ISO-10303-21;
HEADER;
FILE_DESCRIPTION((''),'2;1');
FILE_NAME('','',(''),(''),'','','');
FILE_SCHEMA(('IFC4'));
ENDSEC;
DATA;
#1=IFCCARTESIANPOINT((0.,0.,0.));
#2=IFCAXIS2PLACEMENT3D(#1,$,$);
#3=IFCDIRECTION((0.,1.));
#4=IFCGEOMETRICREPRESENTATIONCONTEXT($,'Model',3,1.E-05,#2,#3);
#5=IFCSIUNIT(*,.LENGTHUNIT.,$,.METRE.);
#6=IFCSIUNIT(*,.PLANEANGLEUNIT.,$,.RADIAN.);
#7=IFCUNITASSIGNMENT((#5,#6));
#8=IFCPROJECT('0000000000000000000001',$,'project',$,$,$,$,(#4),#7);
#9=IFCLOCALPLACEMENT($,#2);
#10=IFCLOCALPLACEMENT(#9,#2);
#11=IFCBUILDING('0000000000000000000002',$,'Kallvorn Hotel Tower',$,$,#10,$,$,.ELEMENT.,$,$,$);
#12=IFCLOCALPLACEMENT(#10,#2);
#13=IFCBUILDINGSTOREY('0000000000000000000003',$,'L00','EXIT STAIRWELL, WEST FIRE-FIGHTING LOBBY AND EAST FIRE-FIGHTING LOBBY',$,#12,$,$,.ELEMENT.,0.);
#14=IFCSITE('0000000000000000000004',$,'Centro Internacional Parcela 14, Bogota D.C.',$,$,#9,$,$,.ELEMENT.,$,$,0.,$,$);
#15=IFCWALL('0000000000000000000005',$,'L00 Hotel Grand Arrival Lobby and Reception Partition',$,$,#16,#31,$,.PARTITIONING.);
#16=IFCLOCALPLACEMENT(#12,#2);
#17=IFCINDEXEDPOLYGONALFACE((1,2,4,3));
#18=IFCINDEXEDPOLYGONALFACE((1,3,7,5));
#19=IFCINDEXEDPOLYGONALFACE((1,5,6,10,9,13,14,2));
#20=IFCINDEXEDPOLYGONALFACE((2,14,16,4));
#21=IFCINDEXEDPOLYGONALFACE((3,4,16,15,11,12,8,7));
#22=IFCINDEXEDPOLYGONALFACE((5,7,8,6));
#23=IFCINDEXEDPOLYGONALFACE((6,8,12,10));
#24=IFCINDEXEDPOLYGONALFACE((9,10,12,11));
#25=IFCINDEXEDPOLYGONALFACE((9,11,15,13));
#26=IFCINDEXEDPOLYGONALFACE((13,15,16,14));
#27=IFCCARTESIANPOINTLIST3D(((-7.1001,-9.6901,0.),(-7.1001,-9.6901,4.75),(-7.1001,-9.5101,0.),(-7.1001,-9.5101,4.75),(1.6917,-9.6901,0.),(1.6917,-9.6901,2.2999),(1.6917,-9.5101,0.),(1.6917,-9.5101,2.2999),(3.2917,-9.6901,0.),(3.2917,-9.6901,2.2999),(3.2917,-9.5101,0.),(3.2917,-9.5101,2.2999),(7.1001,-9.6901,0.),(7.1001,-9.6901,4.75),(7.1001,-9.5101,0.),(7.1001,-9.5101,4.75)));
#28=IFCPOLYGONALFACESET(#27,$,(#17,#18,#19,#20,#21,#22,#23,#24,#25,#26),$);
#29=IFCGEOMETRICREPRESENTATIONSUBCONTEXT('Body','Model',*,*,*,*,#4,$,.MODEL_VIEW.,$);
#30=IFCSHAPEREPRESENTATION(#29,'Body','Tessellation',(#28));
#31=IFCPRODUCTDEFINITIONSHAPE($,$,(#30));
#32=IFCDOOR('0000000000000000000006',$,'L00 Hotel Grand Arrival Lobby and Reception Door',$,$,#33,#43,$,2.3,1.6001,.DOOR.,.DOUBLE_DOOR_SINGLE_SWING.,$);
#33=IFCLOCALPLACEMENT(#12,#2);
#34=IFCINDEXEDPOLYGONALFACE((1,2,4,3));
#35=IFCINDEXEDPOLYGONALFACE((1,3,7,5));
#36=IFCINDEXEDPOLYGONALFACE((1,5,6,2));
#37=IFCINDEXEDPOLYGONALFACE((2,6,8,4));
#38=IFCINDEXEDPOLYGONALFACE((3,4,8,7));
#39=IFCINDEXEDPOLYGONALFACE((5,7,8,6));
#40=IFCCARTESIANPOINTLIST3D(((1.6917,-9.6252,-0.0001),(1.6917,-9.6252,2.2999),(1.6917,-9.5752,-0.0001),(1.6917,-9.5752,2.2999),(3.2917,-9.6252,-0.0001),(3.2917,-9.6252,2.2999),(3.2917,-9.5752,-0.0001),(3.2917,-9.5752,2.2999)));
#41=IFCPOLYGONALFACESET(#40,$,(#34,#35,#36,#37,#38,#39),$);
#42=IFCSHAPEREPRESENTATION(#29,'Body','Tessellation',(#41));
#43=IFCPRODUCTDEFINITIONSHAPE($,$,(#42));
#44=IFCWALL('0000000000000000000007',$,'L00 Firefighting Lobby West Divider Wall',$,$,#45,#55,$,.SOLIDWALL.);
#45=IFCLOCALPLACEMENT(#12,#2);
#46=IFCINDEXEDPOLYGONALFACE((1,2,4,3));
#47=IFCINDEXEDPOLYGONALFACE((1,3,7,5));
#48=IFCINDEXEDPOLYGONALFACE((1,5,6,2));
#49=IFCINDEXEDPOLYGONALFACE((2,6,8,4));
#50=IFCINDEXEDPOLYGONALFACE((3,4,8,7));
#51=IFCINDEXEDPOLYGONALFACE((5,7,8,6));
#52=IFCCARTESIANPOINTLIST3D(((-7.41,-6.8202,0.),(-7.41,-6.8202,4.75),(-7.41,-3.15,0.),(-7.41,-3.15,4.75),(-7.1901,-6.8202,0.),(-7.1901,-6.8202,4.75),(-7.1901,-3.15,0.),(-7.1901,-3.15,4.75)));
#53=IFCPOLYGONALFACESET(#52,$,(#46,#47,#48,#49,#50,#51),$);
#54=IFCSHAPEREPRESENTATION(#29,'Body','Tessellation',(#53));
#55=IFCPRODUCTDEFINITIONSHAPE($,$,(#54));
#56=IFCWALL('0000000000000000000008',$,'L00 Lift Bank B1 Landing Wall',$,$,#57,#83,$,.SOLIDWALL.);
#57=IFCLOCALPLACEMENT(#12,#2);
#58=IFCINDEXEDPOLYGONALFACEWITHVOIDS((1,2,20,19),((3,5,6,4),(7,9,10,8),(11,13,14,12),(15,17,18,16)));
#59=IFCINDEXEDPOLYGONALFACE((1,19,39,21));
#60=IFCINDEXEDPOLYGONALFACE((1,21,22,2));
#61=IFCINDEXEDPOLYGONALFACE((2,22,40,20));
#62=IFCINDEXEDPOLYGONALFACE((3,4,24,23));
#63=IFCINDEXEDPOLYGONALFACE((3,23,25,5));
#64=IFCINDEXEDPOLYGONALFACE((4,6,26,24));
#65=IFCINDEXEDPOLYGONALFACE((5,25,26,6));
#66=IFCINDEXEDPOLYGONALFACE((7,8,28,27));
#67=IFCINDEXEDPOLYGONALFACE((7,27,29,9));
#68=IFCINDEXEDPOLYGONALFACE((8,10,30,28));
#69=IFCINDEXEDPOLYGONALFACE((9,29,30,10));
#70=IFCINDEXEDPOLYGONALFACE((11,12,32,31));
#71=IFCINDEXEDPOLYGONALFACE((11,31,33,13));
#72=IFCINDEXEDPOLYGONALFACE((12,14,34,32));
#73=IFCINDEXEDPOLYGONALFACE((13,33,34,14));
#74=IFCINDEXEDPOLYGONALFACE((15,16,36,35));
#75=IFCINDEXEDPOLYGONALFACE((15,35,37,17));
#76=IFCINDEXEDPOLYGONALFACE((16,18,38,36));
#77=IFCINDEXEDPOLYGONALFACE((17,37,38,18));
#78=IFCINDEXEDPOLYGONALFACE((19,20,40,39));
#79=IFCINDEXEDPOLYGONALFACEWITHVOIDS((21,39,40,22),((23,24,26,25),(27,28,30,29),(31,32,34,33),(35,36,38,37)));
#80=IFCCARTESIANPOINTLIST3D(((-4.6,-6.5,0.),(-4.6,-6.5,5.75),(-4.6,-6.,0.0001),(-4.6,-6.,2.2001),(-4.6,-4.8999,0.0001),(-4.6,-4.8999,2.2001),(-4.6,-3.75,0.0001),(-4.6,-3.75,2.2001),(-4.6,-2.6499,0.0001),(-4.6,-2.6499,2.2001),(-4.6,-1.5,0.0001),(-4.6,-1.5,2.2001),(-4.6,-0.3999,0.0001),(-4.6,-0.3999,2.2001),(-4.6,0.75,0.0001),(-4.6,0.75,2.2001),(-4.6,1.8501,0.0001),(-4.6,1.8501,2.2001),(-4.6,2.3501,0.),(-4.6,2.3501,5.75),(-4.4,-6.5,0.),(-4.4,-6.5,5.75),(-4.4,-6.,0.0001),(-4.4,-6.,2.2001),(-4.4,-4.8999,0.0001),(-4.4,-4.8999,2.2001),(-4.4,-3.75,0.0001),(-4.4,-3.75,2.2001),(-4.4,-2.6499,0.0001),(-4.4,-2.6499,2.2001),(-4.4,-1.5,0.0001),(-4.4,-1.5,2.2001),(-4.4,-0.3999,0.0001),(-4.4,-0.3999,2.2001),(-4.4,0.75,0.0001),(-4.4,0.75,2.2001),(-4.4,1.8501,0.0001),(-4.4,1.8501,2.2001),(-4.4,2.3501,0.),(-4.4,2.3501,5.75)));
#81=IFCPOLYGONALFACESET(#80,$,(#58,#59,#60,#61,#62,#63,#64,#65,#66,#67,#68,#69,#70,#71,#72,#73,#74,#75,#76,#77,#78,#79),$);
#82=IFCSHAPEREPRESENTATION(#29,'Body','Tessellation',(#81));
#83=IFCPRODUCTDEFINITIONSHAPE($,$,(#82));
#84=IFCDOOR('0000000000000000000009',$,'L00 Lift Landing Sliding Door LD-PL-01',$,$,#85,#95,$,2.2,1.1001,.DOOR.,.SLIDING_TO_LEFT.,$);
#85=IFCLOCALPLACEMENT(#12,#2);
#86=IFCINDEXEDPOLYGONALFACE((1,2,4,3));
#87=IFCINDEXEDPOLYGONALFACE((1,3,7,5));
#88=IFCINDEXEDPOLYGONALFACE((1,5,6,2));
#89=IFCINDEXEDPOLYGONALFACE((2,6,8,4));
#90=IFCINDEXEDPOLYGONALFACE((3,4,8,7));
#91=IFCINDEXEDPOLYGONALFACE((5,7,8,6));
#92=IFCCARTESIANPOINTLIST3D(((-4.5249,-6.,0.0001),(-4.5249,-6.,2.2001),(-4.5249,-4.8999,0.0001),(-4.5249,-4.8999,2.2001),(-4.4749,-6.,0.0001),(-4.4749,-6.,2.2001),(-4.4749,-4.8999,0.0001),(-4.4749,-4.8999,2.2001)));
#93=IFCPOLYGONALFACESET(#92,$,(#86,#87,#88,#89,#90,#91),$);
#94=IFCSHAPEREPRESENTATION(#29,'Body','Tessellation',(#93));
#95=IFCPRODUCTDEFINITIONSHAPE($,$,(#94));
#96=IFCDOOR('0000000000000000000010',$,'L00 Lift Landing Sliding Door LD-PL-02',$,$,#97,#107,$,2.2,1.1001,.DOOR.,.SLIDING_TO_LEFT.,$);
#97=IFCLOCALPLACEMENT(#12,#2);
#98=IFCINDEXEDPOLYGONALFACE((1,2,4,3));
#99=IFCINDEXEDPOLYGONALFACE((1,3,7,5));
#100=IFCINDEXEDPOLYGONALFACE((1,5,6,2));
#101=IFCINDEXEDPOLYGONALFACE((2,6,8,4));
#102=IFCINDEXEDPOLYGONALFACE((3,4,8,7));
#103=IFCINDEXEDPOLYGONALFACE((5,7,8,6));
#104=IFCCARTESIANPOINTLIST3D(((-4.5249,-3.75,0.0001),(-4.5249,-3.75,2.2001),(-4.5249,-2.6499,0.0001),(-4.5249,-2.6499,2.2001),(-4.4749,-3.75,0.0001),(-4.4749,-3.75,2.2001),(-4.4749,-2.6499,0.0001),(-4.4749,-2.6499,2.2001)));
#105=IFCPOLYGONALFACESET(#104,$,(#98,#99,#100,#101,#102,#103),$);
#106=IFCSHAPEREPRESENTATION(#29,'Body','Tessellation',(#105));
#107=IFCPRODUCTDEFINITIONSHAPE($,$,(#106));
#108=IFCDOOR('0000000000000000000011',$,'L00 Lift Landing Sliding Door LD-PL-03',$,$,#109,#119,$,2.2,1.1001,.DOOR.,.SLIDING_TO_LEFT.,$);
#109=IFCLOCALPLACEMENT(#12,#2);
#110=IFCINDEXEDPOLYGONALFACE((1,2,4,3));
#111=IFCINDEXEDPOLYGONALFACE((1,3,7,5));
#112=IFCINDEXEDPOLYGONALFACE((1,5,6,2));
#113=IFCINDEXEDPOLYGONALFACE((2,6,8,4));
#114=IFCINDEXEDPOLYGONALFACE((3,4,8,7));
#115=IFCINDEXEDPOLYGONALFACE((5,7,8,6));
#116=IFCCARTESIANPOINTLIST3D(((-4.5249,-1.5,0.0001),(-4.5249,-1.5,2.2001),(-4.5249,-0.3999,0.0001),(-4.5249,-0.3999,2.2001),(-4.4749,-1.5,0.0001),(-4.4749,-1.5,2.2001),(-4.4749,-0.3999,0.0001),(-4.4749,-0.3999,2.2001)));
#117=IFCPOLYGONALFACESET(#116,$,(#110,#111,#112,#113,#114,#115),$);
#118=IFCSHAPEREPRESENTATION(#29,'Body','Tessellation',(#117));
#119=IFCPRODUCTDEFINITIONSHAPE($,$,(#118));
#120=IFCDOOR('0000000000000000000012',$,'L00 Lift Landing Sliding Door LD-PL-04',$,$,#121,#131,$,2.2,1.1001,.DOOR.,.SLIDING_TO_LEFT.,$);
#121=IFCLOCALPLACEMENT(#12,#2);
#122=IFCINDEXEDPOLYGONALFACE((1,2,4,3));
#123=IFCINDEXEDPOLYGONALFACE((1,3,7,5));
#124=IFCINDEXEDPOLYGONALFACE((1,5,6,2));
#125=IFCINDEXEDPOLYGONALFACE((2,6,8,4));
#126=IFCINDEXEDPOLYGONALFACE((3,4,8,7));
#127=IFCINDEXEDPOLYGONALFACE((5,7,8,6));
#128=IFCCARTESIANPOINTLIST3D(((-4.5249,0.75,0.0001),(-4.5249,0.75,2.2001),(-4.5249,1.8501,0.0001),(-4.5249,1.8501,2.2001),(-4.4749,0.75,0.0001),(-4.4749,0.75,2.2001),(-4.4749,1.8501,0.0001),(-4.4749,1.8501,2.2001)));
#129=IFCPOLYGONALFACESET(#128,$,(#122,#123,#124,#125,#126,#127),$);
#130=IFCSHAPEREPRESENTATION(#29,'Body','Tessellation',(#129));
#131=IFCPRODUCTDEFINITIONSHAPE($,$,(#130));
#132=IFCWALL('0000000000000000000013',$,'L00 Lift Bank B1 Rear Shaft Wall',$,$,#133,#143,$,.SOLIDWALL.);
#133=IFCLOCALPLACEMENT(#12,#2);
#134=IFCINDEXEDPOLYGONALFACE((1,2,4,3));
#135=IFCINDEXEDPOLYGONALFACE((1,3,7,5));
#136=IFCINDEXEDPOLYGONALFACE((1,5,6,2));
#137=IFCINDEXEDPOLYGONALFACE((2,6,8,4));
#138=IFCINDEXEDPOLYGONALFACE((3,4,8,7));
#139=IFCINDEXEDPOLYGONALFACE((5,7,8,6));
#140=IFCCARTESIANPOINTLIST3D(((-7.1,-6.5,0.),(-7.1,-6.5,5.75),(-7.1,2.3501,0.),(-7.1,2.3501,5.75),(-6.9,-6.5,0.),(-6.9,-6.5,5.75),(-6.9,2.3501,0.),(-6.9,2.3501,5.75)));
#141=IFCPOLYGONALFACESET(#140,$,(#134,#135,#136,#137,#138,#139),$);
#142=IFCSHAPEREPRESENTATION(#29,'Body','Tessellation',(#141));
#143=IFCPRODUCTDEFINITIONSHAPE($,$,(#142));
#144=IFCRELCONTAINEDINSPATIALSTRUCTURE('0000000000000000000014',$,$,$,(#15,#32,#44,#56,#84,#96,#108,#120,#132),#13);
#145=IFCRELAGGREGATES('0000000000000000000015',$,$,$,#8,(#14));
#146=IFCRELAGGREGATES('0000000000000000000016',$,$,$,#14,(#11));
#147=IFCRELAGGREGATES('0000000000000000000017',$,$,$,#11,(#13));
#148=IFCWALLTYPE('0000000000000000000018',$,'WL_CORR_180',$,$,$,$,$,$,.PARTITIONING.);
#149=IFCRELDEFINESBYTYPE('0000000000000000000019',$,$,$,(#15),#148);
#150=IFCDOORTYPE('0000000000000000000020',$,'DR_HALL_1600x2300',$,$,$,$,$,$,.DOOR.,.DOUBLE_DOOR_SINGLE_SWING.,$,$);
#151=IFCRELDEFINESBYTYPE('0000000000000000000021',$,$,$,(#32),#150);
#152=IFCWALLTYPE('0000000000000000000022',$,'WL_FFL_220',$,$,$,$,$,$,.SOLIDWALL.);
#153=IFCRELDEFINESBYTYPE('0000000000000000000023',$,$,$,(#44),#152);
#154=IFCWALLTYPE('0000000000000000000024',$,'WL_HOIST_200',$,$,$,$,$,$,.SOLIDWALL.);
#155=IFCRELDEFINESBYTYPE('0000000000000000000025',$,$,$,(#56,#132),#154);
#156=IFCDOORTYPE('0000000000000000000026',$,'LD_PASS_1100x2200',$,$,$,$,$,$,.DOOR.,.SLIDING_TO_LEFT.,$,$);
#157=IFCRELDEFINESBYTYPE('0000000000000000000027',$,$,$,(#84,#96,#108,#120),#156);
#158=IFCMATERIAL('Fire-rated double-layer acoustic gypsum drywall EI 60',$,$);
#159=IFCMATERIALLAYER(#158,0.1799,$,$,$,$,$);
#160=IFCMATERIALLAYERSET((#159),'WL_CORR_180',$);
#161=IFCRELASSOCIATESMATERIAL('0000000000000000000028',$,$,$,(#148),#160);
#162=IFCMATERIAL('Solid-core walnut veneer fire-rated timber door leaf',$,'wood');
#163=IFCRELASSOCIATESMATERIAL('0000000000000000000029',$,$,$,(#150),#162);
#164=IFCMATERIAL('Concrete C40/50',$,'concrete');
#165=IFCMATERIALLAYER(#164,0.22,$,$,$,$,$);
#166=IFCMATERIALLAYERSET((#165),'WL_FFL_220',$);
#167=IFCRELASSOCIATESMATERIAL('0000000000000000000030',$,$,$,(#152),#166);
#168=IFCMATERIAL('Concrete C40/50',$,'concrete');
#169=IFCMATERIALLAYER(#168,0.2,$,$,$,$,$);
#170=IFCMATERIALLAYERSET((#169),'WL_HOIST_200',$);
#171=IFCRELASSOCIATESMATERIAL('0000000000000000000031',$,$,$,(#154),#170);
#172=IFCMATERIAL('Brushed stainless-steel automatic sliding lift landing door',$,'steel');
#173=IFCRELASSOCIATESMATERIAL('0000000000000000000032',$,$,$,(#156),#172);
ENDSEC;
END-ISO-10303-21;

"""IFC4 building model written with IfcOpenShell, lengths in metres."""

from ifc_helpers import new_model, si_unit, direction, frame, frame_2d, origin, place, context, subcontext, project, spatial, rectangle, extrude, material, layer, layer_set, type_object, element, fill, save


model = new_model("IFC4")

# Units and contexts
model_context = context("Model", 3, precision=1e-05, world=origin(), true_north=direction((0.0, 1.0)))
body_context = subcontext(model_context, "Body", "Model", "MODEL_VIEW")
ifc_project = project(units=[si_unit("LENGTHUNIT", "METRE"), si_unit("PLANEANGLEUNIT", "RADIAN")], contexts=[model_context])

# Site, building, storey
site_placement = place(None, origin())
site = spatial("IfcSite", under=ifc_project, at=site_placement, Name="Centro Internacional Parcela 14, Bogota D.C.", CompositionType="ELEMENT", RefElevation=0.0)
building_placement = place(site_placement, origin())
building = spatial("IfcBuilding", under=site, at=building_placement, Name="Kallvorn Hotel Tower", CompositionType="ELEMENT")
storey_placement = place(building_placement, origin())
storey = spatial("IfcBuildingStorey", under=building, at=storey_placement, Name="L00", Description="EXIT STAIRWELL, WEST FIRE-FIGHTING LOBBY AND EAST FIRE-FIGHTING LOBBY", CompositionType="ELEMENT", Elevation=0.0)

# Wall, opening, door
ifc_material_1 = material(Name="Fire-rated double-layer acoustic gypsum drywall EI 60")
ifc_layer_1 = layer(ifc_material_1, 0.1799)
ifc_layer_set_1 = layer_set([ifc_layer_1], Name="WL_CORR_180")
wall_type_1 = type_object("IfcWallType", Name="WL_CORR_180", PredefinedType="PARTITIONING", material=ifc_layer_set_1)
wall_1_placement = place(storey_placement, frame((-7.1001, -9.6001, 0.0), z_axis=(0.0, 0.0, 1.0), x_axis=(1.0, 0.0, 0.0)))
wall_1 = element("IfcWall", 1, at=wall_1_placement, inside=storey, type_object=wall_type_1, Name="L00 Hotel Grand Arrival Lobby and Reception Partition", PredefinedType="PARTITIONING", context=body_context, shape_type="SweptSolid", body=[
    extrude(rectangle(XDim=14.2002, YDim=0.1799, at=frame_2d((7.1001, 0.0))), origin(), (0.0, 0.0, 1.0), 4.75),
])
opening_1_placement = place(wall_1_placement, frame((8.7917, 0.0, 0.0)))
opening_1 = element("IfcOpeningElement", 2, at=opening_1_placement, cuts=wall_1, PredefinedType="OPENING", context=body_context, shape_type="SweptSolid", body=[
    extrude(rectangle(XDim=1.6001, YDim=2.3, at=frame_2d((0.8, 1.1499))), frame((0.0, 0.1047, 0.0), z_axis=(0.0, -1.0, 0.0), x_axis=(1.0, 0.0, 0.0)), (0.0, 0.0, 1.0), 0.21),
])
ifc_material_2 = material(Name="Solid-core walnut veneer fire-rated timber door leaf", Category="wood")
door_type_1 = type_object("IfcDoorType", Name="DR_HALL_1600x2300", OperationType="DOUBLE_DOOR_SINGLE_SWING", PredefinedType="DOOR", material=ifc_material_2)
door_1_placement = place(opening_1_placement, origin())
door_1 = element("IfcDoor", 3, at=door_1_placement, inside=storey, type_object=door_type_1, Name="L00 Hotel Grand Arrival Lobby and Reception Door", OperationType="DOUBLE_DOOR_SINGLE_SWING", OverallHeight=2.3, OverallWidth=1.6001, PredefinedType="DOOR", context=body_context, shape_type="SweptSolid", body=[
    extrude(rectangle(XDim=1.6001, YDim=2.3, at=frame_2d((0.8, 1.1499))), frame((0.0, 0.0249, 0.0), z_axis=(0.0, -1.0, 0.0), x_axis=(1.0, 0.0, 0.0)), (0.0, 0.0, 1.0), 0.05),
])
fill(opening_1, door_1)

# Wall
ifc_material_3 = material(Name="Concrete C40/50", Category="concrete")
ifc_layer_2 = layer(ifc_material_3, 0.22)
ifc_layer_set_2 = layer_set([ifc_layer_2], Name="WL_FFL_220")
wall_type_2 = type_object("IfcWallType", Name="WL_FFL_220", PredefinedType="SOLIDWALL", material=ifc_layer_set_2)
wall_2_placement = place(storey_placement, frame((-7.3, -6.8201, 0.0), z_axis=(0.0, 0.0, 1.0), x_axis=(0.0, 1.0, 0.0)))
element("IfcWall", 4, at=wall_2_placement, inside=storey, type_object=wall_type_2, Name="L00 Firefighting Lobby West Divider Wall", PredefinedType="SOLIDWALL", context=body_context, shape_type="SweptSolid", body=[
    extrude(rectangle(XDim=3.6702, YDim=0.22, at=frame_2d((1.835, 0.0))), origin(), (0.0, 0.0, 1.0), 4.75),
])

# Wall, openings, doors
ifc_material_4 = material(Name="Concrete C40/50", Category="concrete")
ifc_layer_3 = layer(ifc_material_4, 0.2)
ifc_layer_set_3 = layer_set([ifc_layer_3], Name="WL_HOIST_200")
wall_type_3 = type_object("IfcWallType", Name="WL_HOIST_200", PredefinedType="SOLIDWALL", material=ifc_layer_set_3)
wall_3_placement = place(storey_placement, frame((-4.5, -6.5, 0.0), z_axis=(0.0, 0.0, 1.0), x_axis=(0.0, 1.0, 0.0)))
wall_3 = element("IfcWall", 5, at=wall_3_placement, inside=storey, type_object=wall_type_3, Name="L00 Lift Bank B1 Landing Wall", PredefinedType="SOLIDWALL", context=body_context, shape_type="SweptSolid", body=[
    extrude(rectangle(XDim=8.8501, YDim=0.2, at=frame_2d((4.425, 0.0))), origin(), (0.0, 0.0, 1.0), 5.75),
])
opening_2_placement = place(wall_3_placement, frame((0.5, 0.0, 0.0)))
opening_2 = element("IfcOpeningElement", 6, at=opening_2_placement, cuts=wall_3, PredefinedType="OPENING", context=body_context, shape_type="SweptSolid", body=[
    extrude(rectangle(XDim=1.1001, YDim=2.2, at=frame_2d((0.55, 1.1001))), frame((0.0, 0.115, 0.0), z_axis=(0.0, -1.0, 0.0), x_axis=(1.0, 0.0, 0.0)), (0.0, 0.0, 1.0), 0.23),
])
opening_3_placement = place(wall_3_placement, frame((2.75, 0.0, 0.0)))
opening_3 = element("IfcOpeningElement", 7, at=opening_3_placement, cuts=wall_3, PredefinedType="OPENING", context=body_context, shape_type="SweptSolid", body=[
    extrude(rectangle(XDim=1.1001, YDim=2.2, at=frame_2d((0.55, 1.1001))), frame((0.0, 0.115, 0.0), z_axis=(0.0, -1.0, 0.0), x_axis=(1.0, 0.0, 0.0)), (0.0, 0.0, 1.0), 0.23),
])
opening_4_placement = place(wall_3_placement, frame((5.0, 0.0, 0.0)))
opening_4 = element("IfcOpeningElement", 8, at=opening_4_placement, cuts=wall_3, PredefinedType="OPENING", context=body_context, shape_type="SweptSolid", body=[
    extrude(rectangle(XDim=1.1001, YDim=2.2, at=frame_2d((0.55, 1.1001))), frame((0.0, 0.115, 0.0), z_axis=(0.0, -1.0, 0.0), x_axis=(1.0, 0.0, 0.0)), (0.0, 0.0, 1.0), 0.23),
])
opening_5_placement = place(wall_3_placement, frame((7.25, 0.0, 0.0)))
opening_5 = element("IfcOpeningElement", 9, at=opening_5_placement, cuts=wall_3, PredefinedType="OPENING", context=body_context, shape_type="SweptSolid", body=[
    extrude(rectangle(XDim=1.1001, YDim=2.2, at=frame_2d((0.55, 1.1001))), frame((0.0, 0.115, 0.0), z_axis=(0.0, -1.0, 0.0), x_axis=(1.0, 0.0, 0.0)), (0.0, 0.0, 1.0), 0.23),
])
ifc_material_5 = material(Name="Brushed stainless-steel automatic sliding lift landing door", Category="steel")
door_type_2 = type_object("IfcDoorType", Name="LD_PASS_1100x2200", OperationType="SLIDING_TO_LEFT", PredefinedType="DOOR", material=ifc_material_5)
door_2_placement = place(opening_2_placement, origin())
door_2 = element("IfcDoor", 10, at=door_2_placement, inside=storey, type_object=door_type_2, Name="L00 Lift Landing Sliding Door LD-PL-01", OperationType="SLIDING_TO_LEFT", OverallHeight=2.2, OverallWidth=1.1001, PredefinedType="DOOR", context=body_context, shape_type="SweptSolid", body=[
    extrude(rectangle(XDim=1.1001, YDim=2.2, at=frame_2d((0.55, 1.1001))), frame((0.0, 0.0249, 0.0), z_axis=(0.0, -1.0, 0.0), x_axis=(1.0, 0.0, 0.0)), (0.0, 0.0, 1.0), 0.05),
])
fill(opening_2, door_2)
door_3_placement = place(opening_3_placement, origin())
door_3 = element("IfcDoor", 11, at=door_3_placement, inside=storey, type_object=door_type_2, Name="L00 Lift Landing Sliding Door LD-PL-02", OperationType="SLIDING_TO_LEFT", OverallHeight=2.2, OverallWidth=1.1001, PredefinedType="DOOR", context=body_context, shape_type="SweptSolid", body=[
    extrude(rectangle(XDim=1.1001, YDim=2.2, at=frame_2d((0.55, 1.1001))), frame((0.0, 0.0249, 0.0), z_axis=(0.0, -1.0, 0.0), x_axis=(1.0, 0.0, 0.0)), (0.0, 0.0, 1.0), 0.05),
])
fill(opening_3, door_3)
door_4_placement = place(opening_4_placement, origin())
door_4 = element("IfcDoor", 12, at=door_4_placement, inside=storey, type_object=door_type_2, Name="L00 Lift Landing Sliding Door LD-PL-03", OperationType="SLIDING_TO_LEFT", OverallHeight=2.2, OverallWidth=1.1001, PredefinedType="DOOR", context=body_context, shape_type="SweptSolid", body=[
    extrude(rectangle(XDim=1.1001, YDim=2.2, at=frame_2d((0.55, 1.1001))), frame((0.0, 0.0249, 0.0), z_axis=(0.0, -1.0, 0.0), x_axis=(1.0, 0.0, 0.0)), (0.0, 0.0, 1.0), 0.05),
])
fill(opening_4, door_4)
door_5_placement = place(opening_5_placement, origin())
door_5 = element("IfcDoor", 13, at=door_5_placement, inside=storey, type_object=door_type_2, Name="L00 Lift Landing Sliding Door LD-PL-04", OperationType="SLIDING_TO_LEFT", OverallHeight=2.2, OverallWidth=1.1001, PredefinedType="DOOR", context=body_context, shape_type="SweptSolid", body=[
    extrude(rectangle(XDim=1.1001, YDim=2.2, at=frame_2d((0.55, 1.1001))), frame((0.0, 0.0249, 0.0), z_axis=(0.0, -1.0, 0.0), x_axis=(1.0, 0.0, 0.0)), (0.0, 0.0, 1.0), 0.05),
])
fill(opening_5, door_5)

# Wall
wall_4_placement = place(storey_placement, frame((-7.0, -6.5, 0.0), z_axis=(0.0, 0.0, 1.0), x_axis=(0.0, 1.0, 0.0)))
element("IfcWall", 14, at=wall_4_placement, inside=storey, type_object=wall_type_3, Name="L00 Lift Bank B1 Rear Shaft Wall", PredefinedType="SOLIDWALL", context=body_context, shape_type="SweptSolid", body=[
    extrude(rectangle(XDim=8.8501, YDim=0.2, at=frame_2d((4.425, 0.0))), origin(), (0.0, 0.0, 1.0), 5.75),
])

save(model, "model.ifc")
